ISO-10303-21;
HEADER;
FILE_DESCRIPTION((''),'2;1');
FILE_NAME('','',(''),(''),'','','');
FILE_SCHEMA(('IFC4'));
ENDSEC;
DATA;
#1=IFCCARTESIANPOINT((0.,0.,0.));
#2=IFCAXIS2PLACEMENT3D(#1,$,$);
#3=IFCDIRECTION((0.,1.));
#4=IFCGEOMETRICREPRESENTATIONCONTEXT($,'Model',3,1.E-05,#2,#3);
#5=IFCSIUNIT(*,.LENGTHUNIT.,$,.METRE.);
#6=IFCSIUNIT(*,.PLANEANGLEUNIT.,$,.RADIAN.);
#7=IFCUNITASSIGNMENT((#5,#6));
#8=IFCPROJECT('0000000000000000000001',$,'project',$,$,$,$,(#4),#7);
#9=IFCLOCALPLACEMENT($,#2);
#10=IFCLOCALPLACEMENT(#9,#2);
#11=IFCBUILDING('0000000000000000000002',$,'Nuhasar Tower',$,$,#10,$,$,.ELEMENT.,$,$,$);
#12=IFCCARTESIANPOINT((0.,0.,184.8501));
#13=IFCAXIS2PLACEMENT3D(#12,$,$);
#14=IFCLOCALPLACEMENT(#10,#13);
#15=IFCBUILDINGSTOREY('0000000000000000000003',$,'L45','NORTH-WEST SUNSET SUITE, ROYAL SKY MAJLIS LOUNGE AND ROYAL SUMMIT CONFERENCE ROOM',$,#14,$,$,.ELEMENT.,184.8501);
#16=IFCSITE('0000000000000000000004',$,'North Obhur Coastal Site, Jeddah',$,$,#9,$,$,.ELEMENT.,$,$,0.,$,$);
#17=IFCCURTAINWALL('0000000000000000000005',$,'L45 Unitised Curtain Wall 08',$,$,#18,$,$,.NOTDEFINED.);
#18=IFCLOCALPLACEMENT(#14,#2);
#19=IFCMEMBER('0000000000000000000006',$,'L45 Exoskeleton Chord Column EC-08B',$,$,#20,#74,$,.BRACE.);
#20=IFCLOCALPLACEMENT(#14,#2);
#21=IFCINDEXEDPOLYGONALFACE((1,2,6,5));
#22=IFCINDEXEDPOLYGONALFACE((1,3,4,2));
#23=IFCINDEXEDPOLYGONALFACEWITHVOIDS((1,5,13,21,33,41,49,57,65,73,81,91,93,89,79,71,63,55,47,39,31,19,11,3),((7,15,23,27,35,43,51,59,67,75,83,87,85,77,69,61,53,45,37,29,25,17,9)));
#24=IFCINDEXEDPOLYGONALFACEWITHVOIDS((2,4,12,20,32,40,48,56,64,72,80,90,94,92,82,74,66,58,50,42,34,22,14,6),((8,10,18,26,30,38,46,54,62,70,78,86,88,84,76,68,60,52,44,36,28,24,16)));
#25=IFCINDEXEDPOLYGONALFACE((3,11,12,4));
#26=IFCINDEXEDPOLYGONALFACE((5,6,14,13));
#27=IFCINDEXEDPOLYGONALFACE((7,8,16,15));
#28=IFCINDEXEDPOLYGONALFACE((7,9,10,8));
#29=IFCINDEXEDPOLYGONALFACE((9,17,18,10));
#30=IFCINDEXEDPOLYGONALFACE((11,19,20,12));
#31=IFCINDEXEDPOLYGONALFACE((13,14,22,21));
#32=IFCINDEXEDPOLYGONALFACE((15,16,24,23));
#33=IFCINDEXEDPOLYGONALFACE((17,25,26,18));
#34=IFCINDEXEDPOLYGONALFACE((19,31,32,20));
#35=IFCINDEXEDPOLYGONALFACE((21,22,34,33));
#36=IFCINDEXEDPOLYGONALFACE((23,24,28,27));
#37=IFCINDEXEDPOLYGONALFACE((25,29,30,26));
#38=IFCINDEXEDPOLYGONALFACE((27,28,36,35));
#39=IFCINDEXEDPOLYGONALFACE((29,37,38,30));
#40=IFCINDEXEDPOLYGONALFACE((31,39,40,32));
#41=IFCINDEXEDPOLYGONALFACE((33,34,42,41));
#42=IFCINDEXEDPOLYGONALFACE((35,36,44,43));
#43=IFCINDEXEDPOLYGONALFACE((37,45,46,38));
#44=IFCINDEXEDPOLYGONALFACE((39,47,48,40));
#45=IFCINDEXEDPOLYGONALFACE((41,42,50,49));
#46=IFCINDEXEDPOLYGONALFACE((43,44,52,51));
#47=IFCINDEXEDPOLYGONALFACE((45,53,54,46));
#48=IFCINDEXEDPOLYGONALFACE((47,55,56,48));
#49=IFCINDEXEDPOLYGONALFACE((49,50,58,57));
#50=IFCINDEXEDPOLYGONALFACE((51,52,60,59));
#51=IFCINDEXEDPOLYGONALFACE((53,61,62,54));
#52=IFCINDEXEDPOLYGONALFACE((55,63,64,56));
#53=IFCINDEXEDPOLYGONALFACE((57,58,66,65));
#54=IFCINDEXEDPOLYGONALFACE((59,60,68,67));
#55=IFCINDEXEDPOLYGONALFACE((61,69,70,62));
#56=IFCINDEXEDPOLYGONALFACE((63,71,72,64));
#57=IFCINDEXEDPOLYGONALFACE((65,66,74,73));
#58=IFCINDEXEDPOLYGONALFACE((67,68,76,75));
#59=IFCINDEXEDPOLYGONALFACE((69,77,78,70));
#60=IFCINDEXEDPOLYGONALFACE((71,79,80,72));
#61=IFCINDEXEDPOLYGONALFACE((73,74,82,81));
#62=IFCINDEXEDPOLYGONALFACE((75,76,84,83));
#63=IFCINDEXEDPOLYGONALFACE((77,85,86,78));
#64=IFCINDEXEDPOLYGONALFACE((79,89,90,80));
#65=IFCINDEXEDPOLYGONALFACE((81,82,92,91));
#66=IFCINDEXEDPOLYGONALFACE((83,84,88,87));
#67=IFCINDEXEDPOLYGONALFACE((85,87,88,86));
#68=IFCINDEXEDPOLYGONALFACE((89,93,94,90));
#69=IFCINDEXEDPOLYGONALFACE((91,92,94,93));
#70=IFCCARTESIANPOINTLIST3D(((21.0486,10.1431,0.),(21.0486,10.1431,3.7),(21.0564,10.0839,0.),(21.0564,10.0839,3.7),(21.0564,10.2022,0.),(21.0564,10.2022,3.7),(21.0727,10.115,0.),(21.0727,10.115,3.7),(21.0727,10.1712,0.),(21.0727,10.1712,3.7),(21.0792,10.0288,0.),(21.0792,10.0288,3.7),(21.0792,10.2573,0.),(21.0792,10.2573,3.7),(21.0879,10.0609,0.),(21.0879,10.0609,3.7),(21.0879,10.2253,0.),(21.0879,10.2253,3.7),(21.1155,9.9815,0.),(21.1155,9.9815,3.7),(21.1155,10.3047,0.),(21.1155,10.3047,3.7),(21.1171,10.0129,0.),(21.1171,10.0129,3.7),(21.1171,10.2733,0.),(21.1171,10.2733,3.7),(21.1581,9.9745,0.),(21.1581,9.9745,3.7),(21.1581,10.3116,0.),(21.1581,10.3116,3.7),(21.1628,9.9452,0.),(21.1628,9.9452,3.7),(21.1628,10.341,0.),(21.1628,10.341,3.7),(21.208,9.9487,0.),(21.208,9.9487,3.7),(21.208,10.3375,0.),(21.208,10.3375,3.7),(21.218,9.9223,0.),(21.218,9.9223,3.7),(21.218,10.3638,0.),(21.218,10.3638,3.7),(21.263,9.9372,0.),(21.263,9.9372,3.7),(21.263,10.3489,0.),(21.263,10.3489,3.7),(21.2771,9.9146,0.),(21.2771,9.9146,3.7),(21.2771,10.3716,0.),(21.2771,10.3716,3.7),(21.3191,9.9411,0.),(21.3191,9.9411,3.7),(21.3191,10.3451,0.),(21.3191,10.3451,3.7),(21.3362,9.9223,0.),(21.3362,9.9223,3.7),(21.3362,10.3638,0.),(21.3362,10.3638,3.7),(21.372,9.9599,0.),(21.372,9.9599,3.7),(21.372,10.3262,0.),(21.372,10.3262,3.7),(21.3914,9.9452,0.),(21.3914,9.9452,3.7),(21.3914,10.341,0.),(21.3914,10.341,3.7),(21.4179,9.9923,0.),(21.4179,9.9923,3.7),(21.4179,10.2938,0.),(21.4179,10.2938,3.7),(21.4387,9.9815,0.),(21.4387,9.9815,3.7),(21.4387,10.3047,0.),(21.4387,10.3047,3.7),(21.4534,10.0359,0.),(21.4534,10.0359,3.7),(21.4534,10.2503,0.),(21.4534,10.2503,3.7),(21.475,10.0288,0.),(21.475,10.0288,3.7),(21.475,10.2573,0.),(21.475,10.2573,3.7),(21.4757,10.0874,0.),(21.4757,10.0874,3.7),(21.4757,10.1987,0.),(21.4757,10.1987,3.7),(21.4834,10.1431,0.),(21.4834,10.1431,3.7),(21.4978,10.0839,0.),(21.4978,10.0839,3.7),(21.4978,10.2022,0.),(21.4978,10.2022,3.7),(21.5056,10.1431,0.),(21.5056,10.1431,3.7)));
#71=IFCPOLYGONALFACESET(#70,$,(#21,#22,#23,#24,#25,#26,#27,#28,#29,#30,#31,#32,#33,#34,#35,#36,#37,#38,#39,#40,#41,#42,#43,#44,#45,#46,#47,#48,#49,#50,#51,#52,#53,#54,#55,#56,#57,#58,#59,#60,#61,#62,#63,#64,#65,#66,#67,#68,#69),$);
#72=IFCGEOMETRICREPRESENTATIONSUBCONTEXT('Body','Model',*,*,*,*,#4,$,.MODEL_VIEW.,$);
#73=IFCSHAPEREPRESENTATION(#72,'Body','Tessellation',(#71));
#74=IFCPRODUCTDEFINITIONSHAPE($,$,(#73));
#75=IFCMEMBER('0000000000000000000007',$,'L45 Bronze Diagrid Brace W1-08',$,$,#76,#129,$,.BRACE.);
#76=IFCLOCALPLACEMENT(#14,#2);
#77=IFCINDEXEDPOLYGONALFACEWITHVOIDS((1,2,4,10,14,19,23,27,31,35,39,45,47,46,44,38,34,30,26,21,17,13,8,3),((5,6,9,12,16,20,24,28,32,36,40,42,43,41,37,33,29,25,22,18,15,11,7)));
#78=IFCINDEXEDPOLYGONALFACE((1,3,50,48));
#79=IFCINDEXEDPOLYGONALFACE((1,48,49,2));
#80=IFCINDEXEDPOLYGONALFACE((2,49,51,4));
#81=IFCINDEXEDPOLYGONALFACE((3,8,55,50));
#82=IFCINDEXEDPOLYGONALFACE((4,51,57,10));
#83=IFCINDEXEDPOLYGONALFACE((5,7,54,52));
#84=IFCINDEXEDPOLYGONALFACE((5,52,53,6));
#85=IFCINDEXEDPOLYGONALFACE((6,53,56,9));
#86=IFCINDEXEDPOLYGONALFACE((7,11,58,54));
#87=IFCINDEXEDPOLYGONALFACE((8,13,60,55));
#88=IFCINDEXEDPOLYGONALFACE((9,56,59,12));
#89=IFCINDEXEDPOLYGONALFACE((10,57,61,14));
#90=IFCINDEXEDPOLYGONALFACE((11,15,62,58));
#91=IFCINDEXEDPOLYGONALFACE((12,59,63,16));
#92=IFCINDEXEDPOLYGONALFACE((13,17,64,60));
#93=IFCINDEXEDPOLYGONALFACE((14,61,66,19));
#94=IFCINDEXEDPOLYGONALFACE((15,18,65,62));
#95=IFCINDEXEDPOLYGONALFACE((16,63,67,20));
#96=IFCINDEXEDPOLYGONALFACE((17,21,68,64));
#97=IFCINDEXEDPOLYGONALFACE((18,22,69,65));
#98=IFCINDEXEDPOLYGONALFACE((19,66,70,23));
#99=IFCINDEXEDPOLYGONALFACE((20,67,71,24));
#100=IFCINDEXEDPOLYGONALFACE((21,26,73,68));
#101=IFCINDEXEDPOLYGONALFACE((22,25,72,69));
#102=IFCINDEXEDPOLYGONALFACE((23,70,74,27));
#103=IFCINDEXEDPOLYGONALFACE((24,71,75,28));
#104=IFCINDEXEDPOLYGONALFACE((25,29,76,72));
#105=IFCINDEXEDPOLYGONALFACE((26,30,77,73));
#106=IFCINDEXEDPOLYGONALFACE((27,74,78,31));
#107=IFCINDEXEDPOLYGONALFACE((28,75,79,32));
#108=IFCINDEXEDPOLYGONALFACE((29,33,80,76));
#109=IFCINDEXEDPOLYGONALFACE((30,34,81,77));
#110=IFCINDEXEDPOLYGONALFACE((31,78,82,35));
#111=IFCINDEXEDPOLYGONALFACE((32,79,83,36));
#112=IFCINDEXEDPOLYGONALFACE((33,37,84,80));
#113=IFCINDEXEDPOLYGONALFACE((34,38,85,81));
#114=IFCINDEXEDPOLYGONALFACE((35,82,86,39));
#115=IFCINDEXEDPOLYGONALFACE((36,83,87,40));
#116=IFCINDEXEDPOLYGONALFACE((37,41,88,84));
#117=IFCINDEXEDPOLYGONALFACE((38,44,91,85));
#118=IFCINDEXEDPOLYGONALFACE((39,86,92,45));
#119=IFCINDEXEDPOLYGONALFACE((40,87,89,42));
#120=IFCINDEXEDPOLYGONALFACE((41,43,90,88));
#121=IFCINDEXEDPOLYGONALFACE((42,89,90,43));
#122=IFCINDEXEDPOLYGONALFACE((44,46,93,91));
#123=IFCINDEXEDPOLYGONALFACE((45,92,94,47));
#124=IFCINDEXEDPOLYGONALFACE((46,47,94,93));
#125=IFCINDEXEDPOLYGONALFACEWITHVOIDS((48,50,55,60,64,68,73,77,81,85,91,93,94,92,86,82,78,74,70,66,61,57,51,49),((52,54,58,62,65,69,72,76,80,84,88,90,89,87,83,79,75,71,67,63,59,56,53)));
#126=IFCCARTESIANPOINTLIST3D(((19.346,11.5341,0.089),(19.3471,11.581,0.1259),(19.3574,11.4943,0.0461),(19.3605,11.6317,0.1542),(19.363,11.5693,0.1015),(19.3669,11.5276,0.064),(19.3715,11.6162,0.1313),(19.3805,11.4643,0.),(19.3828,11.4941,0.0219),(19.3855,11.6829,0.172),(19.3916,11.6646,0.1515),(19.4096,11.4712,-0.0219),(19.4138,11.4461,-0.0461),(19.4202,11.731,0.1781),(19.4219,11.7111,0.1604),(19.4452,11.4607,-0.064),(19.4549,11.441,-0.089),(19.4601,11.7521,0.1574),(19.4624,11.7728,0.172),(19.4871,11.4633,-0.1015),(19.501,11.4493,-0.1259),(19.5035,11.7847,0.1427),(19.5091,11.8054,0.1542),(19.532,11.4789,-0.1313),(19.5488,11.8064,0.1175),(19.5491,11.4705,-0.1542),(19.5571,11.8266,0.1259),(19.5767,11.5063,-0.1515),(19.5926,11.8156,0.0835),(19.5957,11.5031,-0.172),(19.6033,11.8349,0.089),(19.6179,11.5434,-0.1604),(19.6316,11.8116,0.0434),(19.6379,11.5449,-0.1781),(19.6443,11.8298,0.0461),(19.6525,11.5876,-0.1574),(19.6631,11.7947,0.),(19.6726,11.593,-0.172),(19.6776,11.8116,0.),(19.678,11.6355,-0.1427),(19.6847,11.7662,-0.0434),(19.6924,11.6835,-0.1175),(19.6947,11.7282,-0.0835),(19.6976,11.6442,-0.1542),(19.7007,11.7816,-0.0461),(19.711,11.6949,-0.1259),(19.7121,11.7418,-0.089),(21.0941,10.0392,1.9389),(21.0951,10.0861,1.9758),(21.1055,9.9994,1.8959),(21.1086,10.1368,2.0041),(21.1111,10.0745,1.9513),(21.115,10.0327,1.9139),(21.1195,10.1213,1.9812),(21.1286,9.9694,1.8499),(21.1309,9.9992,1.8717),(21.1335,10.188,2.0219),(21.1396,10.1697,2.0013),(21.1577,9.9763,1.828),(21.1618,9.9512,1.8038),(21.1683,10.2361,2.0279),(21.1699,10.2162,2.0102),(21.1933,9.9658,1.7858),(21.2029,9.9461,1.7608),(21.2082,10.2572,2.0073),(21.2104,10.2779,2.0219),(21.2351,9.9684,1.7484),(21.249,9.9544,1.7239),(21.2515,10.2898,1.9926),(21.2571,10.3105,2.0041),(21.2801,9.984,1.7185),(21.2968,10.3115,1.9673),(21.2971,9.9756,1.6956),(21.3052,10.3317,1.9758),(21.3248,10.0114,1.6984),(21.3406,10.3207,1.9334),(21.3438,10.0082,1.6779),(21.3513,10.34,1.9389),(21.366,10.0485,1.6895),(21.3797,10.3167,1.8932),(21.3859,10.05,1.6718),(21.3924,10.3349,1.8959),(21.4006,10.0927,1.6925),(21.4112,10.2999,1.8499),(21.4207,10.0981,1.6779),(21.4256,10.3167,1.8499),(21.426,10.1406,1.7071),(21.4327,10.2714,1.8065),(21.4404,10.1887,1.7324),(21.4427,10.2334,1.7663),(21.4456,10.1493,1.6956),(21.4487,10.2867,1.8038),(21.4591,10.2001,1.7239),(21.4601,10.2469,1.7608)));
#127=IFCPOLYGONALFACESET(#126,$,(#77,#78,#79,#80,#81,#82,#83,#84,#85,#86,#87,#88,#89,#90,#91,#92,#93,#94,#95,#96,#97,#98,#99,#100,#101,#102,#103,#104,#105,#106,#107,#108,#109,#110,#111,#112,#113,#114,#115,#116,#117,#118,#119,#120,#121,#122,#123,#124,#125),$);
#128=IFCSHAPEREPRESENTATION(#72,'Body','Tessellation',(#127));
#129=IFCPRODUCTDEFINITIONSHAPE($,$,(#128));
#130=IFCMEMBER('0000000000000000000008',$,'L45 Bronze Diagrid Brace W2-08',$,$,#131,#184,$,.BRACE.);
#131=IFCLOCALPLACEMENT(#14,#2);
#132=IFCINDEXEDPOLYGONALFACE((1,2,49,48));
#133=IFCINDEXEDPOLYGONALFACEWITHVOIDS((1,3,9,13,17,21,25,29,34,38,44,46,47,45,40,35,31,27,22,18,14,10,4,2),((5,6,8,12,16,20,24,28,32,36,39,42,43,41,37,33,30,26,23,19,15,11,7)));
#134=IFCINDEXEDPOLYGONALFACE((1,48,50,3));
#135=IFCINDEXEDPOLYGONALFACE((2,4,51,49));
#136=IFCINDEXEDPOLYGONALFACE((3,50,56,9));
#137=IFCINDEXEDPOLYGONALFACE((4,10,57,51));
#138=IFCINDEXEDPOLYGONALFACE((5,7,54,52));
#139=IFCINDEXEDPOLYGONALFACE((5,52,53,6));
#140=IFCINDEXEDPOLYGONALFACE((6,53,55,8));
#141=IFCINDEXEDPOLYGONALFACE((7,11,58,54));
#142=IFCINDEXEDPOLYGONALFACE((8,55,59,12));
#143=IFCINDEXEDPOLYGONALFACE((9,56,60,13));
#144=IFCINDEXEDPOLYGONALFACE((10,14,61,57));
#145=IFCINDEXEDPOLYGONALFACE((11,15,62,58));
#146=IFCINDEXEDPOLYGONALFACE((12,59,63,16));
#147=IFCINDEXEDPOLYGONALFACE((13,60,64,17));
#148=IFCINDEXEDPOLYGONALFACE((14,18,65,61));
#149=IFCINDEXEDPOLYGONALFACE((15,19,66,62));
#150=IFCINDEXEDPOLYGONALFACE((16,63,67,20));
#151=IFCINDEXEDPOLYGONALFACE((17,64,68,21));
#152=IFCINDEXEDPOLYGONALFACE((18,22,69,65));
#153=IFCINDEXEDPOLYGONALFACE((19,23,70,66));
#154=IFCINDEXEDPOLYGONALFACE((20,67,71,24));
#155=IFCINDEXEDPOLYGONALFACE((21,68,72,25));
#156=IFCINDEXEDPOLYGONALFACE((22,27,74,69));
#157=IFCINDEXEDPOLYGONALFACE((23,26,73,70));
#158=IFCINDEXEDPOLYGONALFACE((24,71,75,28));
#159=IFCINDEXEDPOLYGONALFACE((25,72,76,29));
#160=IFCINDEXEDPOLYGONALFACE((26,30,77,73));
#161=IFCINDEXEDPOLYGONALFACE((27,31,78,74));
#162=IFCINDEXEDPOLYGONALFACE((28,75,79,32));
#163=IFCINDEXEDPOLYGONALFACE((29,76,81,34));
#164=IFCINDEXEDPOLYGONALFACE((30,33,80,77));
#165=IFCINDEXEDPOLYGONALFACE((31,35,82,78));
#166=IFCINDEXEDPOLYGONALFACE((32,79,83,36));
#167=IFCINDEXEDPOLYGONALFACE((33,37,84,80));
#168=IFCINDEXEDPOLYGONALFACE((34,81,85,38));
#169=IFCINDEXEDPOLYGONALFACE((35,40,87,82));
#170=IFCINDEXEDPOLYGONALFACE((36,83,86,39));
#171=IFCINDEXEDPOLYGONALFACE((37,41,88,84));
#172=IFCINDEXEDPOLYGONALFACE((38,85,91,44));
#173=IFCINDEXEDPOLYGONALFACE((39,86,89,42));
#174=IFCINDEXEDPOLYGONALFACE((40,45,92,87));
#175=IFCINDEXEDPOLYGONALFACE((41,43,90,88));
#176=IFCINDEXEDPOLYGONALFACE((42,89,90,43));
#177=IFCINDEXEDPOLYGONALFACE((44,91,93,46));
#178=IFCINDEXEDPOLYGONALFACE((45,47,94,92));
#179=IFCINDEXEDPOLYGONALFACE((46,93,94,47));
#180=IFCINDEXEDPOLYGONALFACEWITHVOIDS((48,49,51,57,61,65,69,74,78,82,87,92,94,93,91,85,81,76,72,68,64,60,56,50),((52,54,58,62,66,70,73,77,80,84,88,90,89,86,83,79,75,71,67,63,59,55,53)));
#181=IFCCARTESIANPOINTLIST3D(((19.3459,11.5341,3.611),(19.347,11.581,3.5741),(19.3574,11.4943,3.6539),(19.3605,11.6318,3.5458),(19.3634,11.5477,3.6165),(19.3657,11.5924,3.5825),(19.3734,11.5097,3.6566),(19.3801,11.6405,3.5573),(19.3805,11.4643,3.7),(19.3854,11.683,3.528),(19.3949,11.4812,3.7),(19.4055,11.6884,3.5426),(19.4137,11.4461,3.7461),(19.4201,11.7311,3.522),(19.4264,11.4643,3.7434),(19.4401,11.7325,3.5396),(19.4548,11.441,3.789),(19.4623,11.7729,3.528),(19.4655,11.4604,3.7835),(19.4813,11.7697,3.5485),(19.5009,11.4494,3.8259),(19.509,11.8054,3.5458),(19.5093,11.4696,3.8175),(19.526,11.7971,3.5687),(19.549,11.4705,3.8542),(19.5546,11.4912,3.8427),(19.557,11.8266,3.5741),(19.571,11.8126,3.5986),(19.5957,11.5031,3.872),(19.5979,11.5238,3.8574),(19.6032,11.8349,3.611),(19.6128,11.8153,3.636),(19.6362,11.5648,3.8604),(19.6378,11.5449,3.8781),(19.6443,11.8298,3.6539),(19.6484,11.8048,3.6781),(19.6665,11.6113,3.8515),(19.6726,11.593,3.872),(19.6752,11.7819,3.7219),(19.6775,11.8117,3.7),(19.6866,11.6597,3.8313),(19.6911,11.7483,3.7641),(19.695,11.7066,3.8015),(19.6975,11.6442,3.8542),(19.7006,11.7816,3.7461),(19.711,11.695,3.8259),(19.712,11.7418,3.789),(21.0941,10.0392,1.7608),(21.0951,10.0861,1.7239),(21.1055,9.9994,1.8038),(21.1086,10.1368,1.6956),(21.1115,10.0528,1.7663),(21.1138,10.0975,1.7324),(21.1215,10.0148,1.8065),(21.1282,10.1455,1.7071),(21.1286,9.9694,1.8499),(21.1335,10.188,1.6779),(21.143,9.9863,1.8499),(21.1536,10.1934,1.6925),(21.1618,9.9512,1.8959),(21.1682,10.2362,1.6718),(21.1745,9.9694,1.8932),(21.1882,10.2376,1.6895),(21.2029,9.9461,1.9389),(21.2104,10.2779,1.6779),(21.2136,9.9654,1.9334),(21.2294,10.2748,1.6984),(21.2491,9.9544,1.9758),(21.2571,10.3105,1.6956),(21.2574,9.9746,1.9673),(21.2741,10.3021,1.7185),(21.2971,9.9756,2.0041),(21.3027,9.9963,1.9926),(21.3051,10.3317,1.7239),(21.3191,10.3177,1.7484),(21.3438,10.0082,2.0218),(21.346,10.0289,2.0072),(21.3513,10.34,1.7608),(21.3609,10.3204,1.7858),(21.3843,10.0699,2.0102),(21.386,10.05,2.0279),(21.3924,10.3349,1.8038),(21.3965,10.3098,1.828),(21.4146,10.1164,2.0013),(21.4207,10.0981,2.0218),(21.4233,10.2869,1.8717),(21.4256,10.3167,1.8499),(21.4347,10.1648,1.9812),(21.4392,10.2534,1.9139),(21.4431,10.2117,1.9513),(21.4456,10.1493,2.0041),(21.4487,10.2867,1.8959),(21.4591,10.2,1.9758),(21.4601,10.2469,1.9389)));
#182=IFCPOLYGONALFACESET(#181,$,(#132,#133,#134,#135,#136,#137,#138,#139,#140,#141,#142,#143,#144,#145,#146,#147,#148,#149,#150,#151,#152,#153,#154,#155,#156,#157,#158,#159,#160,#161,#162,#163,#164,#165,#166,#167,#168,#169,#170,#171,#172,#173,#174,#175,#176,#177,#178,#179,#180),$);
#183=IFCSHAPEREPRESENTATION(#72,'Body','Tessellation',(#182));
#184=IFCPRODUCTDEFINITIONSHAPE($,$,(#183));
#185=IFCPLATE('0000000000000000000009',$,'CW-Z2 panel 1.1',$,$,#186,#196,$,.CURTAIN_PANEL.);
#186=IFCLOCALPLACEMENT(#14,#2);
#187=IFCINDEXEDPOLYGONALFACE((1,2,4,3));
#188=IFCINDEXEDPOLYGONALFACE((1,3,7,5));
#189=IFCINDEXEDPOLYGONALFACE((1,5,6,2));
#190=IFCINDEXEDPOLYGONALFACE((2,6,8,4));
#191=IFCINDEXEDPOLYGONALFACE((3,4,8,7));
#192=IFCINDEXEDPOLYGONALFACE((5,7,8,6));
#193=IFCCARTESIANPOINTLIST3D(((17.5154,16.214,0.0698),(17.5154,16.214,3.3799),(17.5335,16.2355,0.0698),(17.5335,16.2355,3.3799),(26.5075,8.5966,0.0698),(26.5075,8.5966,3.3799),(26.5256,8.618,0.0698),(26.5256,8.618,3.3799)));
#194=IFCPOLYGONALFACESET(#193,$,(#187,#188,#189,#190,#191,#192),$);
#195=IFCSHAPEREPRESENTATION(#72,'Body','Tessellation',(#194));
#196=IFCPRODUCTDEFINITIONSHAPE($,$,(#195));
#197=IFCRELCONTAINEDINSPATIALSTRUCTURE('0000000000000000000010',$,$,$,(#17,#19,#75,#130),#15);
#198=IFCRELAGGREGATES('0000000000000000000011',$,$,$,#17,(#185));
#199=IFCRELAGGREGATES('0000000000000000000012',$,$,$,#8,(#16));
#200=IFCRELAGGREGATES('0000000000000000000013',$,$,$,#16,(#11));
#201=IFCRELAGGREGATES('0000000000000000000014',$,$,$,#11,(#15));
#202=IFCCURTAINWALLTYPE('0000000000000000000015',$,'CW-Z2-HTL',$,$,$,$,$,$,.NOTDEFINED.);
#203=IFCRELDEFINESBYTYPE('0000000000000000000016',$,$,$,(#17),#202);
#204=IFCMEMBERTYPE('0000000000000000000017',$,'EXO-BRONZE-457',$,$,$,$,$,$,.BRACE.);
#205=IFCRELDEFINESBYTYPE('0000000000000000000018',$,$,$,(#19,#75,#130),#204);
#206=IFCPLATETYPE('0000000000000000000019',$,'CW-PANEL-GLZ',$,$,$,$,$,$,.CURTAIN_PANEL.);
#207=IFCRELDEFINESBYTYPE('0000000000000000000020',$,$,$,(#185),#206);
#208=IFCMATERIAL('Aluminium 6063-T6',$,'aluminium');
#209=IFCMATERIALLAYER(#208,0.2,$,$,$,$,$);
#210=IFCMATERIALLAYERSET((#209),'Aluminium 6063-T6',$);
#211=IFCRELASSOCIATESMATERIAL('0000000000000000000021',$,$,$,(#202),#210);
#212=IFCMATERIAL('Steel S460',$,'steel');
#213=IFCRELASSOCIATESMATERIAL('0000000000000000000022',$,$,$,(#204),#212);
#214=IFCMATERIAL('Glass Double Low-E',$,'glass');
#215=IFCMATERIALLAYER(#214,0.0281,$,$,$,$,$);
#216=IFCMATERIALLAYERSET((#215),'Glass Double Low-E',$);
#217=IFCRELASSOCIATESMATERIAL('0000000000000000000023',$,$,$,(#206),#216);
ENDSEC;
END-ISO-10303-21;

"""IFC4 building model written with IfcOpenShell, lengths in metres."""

from ifc_helpers import new_model, si_unit, direction, frame, origin, origin_2d, place, context, subcontext, project, spatial, rectangle, hollow_circle, extrude, material, layer, layer_set, material_profile, profile_set, type_object, element, aggregate, save


model = new_model("IFC4")

# Units and contexts
model_context = context("Model", 3, precision=1e-05, world=origin(), true_north=direction((0.0, 1.0)))
body_context = subcontext(model_context, "Body", "Model", "MODEL_VIEW")
ifc_project = project(units=[si_unit("LENGTHUNIT", "METRE"), si_unit("PLANEANGLEUNIT", "RADIAN")], contexts=[model_context])

# Site, building, storey
site_placement = place(None, origin())
site = spatial("IfcSite", under=ifc_project, at=site_placement, Name="North Obhur Coastal Site, Jeddah", CompositionType="ELEMENT", RefElevation=0.0)
building_placement = place(site_placement, origin())
building = spatial("IfcBuilding", under=site, at=building_placement, Name="Nuhasar Tower", CompositionType="ELEMENT")
storey_placement = place(building_placement, frame((0.0, 0.0, 184.8501)))
storey = spatial("IfcBuildingStorey", under=building, at=storey_placement, Name="L45", Description="NORTH-WEST SUNSET SUITE, ROYAL SKY MAJLIS LOUNGE AND ROYAL SUMMIT CONFERENCE ROOM", CompositionType="ELEMENT", Elevation=184.8501)

# Curtain wall
ifc_material_1 = material(Name="Aluminium 6063-T6", Category="aluminium")
ifc_layer_1 = layer(ifc_material_1, 0.2)
ifc_layer_set_1 = layer_set([ifc_layer_1], Name="Aluminium 6063-T6")
curtain_wall_type = type_object("IfcCurtainWallType", Name="CW-Z2-HTL", PredefinedType="NOTDEFINED", material=ifc_layer_set_1)
curtain_wall_1_placement = place(storey_placement, origin())
curtain_wall_1 = element("IfcCurtainWall", 1, at=curtain_wall_1_placement, inside=storey, type_object=curtain_wall_type, Name="L45 Unitised Curtain Wall 08", PredefinedType="NOTDEFINED")

# Members
ifc_material_2 = material(Name="Steel S460", Category="steel")
ifc_material_profile_1 = material_profile(ifc_material_2, hollow_circle(Radius=0.2285, WallThickness=0.0222, at=origin_2d()), Name="HSS457X22.2")
ifc_profile_set_1 = profile_set([ifc_material_profile_1], Name="Steel S460")
member_type_1 = type_object("IfcMemberType", Name="EXO-BRONZE-457", PredefinedType="BRACE", material=ifc_profile_set_1)
for number, where, z_axis, x_axis, name in (
    (2, (21.2771, 10.1431, 0.0), (0.0, 0.0, 1.0), (1.0, 0.0, 0.0), "L45 Exoskeleton Chord Column EC-08B"),
):
    element("IfcMember", number, at=place(storey_placement, frame(where, z_axis=z_axis, x_axis=x_axis)), inside=storey, type_object=member_type_1, Name=name, PredefinedType="BRACE", context=body_context, shape_type="SweptSolid", body=[
        extrude(hollow_circle(Radius=0.2285, WallThickness=0.0222, at=origin_2d()), origin(), (0.0, 0.0, 1.0), 3.7),
    ])
member_1_placement = place(storey_placement, frame((19.5291, 11.6379, 0.0), z_axis=(0.592226, -0.506452, 0.626717), x_axis=(0.649926, 0.759998, 0.0)))
element("IfcMember", 3, at=member_1_placement, inside=storey, type_object=member_type_1, Name="L45 Bronze Diagrid Brace W1-08", PredefinedType="BRACE", context=body_context, shape_type="SweptSolid", body=[
    extrude(hollow_circle(Radius=0.2285, WallThickness=0.0222, at=origin_2d()), origin(), (0.0, 0.0, 1.0), 2.9517),
])
member_2_placement = place(storey_placement, frame((21.2771, 10.1431, 1.8499), z_axis=(-0.592195, 0.506426, 0.626767), x_axis=(-0.649926, -0.759998, 0.0)))
element("IfcMember", 4, at=member_2_placement, inside=storey, type_object=member_type_1, Name="L45 Bronze Diagrid Brace W2-08", PredefinedType="BRACE", context=body_context, shape_type="SweptSolid", body=[
    extrude(hollow_circle(Radius=0.2285, WallThickness=0.0222, at=origin_2d()), origin(), (0.0, 0.0, 1.0), 2.9519),
])

# Plate
ifc_material_3 = material(Name="Glass Double Low-E", Category="glass")
ifc_layer_2 = layer(ifc_material_3, 0.0281)
ifc_layer_set_2 = layer_set([ifc_layer_2], Name="Glass Double Low-E")
plate_type = type_object("IfcPlateType", Name="CW-PANEL-GLZ", PredefinedType="CURTAIN_PANEL", material=ifc_layer_set_2)
plate_placement = place(storey_placement, frame((22.0205, 12.416, 0.0698), z_axis=(0.0, 0.0, 1.0), x_axis=(0.76302, -0.646374, 0.0)))
plate = element("IfcPlate", 5, at=plate_placement, type_object=plate_type, Name="CW-Z2 panel 1.1", PredefinedType="CURTAIN_PANEL", context=body_context, shape_type="SweptSolid", body=[
    extrude(rectangle(XDim=11.7849, YDim=0.0281, at=origin_2d()), origin(), (0.0, 0.0, 1.0), 3.3101),
])
aggregate(curtain_wall_1, [plate])

save(model, "model.ifc")
